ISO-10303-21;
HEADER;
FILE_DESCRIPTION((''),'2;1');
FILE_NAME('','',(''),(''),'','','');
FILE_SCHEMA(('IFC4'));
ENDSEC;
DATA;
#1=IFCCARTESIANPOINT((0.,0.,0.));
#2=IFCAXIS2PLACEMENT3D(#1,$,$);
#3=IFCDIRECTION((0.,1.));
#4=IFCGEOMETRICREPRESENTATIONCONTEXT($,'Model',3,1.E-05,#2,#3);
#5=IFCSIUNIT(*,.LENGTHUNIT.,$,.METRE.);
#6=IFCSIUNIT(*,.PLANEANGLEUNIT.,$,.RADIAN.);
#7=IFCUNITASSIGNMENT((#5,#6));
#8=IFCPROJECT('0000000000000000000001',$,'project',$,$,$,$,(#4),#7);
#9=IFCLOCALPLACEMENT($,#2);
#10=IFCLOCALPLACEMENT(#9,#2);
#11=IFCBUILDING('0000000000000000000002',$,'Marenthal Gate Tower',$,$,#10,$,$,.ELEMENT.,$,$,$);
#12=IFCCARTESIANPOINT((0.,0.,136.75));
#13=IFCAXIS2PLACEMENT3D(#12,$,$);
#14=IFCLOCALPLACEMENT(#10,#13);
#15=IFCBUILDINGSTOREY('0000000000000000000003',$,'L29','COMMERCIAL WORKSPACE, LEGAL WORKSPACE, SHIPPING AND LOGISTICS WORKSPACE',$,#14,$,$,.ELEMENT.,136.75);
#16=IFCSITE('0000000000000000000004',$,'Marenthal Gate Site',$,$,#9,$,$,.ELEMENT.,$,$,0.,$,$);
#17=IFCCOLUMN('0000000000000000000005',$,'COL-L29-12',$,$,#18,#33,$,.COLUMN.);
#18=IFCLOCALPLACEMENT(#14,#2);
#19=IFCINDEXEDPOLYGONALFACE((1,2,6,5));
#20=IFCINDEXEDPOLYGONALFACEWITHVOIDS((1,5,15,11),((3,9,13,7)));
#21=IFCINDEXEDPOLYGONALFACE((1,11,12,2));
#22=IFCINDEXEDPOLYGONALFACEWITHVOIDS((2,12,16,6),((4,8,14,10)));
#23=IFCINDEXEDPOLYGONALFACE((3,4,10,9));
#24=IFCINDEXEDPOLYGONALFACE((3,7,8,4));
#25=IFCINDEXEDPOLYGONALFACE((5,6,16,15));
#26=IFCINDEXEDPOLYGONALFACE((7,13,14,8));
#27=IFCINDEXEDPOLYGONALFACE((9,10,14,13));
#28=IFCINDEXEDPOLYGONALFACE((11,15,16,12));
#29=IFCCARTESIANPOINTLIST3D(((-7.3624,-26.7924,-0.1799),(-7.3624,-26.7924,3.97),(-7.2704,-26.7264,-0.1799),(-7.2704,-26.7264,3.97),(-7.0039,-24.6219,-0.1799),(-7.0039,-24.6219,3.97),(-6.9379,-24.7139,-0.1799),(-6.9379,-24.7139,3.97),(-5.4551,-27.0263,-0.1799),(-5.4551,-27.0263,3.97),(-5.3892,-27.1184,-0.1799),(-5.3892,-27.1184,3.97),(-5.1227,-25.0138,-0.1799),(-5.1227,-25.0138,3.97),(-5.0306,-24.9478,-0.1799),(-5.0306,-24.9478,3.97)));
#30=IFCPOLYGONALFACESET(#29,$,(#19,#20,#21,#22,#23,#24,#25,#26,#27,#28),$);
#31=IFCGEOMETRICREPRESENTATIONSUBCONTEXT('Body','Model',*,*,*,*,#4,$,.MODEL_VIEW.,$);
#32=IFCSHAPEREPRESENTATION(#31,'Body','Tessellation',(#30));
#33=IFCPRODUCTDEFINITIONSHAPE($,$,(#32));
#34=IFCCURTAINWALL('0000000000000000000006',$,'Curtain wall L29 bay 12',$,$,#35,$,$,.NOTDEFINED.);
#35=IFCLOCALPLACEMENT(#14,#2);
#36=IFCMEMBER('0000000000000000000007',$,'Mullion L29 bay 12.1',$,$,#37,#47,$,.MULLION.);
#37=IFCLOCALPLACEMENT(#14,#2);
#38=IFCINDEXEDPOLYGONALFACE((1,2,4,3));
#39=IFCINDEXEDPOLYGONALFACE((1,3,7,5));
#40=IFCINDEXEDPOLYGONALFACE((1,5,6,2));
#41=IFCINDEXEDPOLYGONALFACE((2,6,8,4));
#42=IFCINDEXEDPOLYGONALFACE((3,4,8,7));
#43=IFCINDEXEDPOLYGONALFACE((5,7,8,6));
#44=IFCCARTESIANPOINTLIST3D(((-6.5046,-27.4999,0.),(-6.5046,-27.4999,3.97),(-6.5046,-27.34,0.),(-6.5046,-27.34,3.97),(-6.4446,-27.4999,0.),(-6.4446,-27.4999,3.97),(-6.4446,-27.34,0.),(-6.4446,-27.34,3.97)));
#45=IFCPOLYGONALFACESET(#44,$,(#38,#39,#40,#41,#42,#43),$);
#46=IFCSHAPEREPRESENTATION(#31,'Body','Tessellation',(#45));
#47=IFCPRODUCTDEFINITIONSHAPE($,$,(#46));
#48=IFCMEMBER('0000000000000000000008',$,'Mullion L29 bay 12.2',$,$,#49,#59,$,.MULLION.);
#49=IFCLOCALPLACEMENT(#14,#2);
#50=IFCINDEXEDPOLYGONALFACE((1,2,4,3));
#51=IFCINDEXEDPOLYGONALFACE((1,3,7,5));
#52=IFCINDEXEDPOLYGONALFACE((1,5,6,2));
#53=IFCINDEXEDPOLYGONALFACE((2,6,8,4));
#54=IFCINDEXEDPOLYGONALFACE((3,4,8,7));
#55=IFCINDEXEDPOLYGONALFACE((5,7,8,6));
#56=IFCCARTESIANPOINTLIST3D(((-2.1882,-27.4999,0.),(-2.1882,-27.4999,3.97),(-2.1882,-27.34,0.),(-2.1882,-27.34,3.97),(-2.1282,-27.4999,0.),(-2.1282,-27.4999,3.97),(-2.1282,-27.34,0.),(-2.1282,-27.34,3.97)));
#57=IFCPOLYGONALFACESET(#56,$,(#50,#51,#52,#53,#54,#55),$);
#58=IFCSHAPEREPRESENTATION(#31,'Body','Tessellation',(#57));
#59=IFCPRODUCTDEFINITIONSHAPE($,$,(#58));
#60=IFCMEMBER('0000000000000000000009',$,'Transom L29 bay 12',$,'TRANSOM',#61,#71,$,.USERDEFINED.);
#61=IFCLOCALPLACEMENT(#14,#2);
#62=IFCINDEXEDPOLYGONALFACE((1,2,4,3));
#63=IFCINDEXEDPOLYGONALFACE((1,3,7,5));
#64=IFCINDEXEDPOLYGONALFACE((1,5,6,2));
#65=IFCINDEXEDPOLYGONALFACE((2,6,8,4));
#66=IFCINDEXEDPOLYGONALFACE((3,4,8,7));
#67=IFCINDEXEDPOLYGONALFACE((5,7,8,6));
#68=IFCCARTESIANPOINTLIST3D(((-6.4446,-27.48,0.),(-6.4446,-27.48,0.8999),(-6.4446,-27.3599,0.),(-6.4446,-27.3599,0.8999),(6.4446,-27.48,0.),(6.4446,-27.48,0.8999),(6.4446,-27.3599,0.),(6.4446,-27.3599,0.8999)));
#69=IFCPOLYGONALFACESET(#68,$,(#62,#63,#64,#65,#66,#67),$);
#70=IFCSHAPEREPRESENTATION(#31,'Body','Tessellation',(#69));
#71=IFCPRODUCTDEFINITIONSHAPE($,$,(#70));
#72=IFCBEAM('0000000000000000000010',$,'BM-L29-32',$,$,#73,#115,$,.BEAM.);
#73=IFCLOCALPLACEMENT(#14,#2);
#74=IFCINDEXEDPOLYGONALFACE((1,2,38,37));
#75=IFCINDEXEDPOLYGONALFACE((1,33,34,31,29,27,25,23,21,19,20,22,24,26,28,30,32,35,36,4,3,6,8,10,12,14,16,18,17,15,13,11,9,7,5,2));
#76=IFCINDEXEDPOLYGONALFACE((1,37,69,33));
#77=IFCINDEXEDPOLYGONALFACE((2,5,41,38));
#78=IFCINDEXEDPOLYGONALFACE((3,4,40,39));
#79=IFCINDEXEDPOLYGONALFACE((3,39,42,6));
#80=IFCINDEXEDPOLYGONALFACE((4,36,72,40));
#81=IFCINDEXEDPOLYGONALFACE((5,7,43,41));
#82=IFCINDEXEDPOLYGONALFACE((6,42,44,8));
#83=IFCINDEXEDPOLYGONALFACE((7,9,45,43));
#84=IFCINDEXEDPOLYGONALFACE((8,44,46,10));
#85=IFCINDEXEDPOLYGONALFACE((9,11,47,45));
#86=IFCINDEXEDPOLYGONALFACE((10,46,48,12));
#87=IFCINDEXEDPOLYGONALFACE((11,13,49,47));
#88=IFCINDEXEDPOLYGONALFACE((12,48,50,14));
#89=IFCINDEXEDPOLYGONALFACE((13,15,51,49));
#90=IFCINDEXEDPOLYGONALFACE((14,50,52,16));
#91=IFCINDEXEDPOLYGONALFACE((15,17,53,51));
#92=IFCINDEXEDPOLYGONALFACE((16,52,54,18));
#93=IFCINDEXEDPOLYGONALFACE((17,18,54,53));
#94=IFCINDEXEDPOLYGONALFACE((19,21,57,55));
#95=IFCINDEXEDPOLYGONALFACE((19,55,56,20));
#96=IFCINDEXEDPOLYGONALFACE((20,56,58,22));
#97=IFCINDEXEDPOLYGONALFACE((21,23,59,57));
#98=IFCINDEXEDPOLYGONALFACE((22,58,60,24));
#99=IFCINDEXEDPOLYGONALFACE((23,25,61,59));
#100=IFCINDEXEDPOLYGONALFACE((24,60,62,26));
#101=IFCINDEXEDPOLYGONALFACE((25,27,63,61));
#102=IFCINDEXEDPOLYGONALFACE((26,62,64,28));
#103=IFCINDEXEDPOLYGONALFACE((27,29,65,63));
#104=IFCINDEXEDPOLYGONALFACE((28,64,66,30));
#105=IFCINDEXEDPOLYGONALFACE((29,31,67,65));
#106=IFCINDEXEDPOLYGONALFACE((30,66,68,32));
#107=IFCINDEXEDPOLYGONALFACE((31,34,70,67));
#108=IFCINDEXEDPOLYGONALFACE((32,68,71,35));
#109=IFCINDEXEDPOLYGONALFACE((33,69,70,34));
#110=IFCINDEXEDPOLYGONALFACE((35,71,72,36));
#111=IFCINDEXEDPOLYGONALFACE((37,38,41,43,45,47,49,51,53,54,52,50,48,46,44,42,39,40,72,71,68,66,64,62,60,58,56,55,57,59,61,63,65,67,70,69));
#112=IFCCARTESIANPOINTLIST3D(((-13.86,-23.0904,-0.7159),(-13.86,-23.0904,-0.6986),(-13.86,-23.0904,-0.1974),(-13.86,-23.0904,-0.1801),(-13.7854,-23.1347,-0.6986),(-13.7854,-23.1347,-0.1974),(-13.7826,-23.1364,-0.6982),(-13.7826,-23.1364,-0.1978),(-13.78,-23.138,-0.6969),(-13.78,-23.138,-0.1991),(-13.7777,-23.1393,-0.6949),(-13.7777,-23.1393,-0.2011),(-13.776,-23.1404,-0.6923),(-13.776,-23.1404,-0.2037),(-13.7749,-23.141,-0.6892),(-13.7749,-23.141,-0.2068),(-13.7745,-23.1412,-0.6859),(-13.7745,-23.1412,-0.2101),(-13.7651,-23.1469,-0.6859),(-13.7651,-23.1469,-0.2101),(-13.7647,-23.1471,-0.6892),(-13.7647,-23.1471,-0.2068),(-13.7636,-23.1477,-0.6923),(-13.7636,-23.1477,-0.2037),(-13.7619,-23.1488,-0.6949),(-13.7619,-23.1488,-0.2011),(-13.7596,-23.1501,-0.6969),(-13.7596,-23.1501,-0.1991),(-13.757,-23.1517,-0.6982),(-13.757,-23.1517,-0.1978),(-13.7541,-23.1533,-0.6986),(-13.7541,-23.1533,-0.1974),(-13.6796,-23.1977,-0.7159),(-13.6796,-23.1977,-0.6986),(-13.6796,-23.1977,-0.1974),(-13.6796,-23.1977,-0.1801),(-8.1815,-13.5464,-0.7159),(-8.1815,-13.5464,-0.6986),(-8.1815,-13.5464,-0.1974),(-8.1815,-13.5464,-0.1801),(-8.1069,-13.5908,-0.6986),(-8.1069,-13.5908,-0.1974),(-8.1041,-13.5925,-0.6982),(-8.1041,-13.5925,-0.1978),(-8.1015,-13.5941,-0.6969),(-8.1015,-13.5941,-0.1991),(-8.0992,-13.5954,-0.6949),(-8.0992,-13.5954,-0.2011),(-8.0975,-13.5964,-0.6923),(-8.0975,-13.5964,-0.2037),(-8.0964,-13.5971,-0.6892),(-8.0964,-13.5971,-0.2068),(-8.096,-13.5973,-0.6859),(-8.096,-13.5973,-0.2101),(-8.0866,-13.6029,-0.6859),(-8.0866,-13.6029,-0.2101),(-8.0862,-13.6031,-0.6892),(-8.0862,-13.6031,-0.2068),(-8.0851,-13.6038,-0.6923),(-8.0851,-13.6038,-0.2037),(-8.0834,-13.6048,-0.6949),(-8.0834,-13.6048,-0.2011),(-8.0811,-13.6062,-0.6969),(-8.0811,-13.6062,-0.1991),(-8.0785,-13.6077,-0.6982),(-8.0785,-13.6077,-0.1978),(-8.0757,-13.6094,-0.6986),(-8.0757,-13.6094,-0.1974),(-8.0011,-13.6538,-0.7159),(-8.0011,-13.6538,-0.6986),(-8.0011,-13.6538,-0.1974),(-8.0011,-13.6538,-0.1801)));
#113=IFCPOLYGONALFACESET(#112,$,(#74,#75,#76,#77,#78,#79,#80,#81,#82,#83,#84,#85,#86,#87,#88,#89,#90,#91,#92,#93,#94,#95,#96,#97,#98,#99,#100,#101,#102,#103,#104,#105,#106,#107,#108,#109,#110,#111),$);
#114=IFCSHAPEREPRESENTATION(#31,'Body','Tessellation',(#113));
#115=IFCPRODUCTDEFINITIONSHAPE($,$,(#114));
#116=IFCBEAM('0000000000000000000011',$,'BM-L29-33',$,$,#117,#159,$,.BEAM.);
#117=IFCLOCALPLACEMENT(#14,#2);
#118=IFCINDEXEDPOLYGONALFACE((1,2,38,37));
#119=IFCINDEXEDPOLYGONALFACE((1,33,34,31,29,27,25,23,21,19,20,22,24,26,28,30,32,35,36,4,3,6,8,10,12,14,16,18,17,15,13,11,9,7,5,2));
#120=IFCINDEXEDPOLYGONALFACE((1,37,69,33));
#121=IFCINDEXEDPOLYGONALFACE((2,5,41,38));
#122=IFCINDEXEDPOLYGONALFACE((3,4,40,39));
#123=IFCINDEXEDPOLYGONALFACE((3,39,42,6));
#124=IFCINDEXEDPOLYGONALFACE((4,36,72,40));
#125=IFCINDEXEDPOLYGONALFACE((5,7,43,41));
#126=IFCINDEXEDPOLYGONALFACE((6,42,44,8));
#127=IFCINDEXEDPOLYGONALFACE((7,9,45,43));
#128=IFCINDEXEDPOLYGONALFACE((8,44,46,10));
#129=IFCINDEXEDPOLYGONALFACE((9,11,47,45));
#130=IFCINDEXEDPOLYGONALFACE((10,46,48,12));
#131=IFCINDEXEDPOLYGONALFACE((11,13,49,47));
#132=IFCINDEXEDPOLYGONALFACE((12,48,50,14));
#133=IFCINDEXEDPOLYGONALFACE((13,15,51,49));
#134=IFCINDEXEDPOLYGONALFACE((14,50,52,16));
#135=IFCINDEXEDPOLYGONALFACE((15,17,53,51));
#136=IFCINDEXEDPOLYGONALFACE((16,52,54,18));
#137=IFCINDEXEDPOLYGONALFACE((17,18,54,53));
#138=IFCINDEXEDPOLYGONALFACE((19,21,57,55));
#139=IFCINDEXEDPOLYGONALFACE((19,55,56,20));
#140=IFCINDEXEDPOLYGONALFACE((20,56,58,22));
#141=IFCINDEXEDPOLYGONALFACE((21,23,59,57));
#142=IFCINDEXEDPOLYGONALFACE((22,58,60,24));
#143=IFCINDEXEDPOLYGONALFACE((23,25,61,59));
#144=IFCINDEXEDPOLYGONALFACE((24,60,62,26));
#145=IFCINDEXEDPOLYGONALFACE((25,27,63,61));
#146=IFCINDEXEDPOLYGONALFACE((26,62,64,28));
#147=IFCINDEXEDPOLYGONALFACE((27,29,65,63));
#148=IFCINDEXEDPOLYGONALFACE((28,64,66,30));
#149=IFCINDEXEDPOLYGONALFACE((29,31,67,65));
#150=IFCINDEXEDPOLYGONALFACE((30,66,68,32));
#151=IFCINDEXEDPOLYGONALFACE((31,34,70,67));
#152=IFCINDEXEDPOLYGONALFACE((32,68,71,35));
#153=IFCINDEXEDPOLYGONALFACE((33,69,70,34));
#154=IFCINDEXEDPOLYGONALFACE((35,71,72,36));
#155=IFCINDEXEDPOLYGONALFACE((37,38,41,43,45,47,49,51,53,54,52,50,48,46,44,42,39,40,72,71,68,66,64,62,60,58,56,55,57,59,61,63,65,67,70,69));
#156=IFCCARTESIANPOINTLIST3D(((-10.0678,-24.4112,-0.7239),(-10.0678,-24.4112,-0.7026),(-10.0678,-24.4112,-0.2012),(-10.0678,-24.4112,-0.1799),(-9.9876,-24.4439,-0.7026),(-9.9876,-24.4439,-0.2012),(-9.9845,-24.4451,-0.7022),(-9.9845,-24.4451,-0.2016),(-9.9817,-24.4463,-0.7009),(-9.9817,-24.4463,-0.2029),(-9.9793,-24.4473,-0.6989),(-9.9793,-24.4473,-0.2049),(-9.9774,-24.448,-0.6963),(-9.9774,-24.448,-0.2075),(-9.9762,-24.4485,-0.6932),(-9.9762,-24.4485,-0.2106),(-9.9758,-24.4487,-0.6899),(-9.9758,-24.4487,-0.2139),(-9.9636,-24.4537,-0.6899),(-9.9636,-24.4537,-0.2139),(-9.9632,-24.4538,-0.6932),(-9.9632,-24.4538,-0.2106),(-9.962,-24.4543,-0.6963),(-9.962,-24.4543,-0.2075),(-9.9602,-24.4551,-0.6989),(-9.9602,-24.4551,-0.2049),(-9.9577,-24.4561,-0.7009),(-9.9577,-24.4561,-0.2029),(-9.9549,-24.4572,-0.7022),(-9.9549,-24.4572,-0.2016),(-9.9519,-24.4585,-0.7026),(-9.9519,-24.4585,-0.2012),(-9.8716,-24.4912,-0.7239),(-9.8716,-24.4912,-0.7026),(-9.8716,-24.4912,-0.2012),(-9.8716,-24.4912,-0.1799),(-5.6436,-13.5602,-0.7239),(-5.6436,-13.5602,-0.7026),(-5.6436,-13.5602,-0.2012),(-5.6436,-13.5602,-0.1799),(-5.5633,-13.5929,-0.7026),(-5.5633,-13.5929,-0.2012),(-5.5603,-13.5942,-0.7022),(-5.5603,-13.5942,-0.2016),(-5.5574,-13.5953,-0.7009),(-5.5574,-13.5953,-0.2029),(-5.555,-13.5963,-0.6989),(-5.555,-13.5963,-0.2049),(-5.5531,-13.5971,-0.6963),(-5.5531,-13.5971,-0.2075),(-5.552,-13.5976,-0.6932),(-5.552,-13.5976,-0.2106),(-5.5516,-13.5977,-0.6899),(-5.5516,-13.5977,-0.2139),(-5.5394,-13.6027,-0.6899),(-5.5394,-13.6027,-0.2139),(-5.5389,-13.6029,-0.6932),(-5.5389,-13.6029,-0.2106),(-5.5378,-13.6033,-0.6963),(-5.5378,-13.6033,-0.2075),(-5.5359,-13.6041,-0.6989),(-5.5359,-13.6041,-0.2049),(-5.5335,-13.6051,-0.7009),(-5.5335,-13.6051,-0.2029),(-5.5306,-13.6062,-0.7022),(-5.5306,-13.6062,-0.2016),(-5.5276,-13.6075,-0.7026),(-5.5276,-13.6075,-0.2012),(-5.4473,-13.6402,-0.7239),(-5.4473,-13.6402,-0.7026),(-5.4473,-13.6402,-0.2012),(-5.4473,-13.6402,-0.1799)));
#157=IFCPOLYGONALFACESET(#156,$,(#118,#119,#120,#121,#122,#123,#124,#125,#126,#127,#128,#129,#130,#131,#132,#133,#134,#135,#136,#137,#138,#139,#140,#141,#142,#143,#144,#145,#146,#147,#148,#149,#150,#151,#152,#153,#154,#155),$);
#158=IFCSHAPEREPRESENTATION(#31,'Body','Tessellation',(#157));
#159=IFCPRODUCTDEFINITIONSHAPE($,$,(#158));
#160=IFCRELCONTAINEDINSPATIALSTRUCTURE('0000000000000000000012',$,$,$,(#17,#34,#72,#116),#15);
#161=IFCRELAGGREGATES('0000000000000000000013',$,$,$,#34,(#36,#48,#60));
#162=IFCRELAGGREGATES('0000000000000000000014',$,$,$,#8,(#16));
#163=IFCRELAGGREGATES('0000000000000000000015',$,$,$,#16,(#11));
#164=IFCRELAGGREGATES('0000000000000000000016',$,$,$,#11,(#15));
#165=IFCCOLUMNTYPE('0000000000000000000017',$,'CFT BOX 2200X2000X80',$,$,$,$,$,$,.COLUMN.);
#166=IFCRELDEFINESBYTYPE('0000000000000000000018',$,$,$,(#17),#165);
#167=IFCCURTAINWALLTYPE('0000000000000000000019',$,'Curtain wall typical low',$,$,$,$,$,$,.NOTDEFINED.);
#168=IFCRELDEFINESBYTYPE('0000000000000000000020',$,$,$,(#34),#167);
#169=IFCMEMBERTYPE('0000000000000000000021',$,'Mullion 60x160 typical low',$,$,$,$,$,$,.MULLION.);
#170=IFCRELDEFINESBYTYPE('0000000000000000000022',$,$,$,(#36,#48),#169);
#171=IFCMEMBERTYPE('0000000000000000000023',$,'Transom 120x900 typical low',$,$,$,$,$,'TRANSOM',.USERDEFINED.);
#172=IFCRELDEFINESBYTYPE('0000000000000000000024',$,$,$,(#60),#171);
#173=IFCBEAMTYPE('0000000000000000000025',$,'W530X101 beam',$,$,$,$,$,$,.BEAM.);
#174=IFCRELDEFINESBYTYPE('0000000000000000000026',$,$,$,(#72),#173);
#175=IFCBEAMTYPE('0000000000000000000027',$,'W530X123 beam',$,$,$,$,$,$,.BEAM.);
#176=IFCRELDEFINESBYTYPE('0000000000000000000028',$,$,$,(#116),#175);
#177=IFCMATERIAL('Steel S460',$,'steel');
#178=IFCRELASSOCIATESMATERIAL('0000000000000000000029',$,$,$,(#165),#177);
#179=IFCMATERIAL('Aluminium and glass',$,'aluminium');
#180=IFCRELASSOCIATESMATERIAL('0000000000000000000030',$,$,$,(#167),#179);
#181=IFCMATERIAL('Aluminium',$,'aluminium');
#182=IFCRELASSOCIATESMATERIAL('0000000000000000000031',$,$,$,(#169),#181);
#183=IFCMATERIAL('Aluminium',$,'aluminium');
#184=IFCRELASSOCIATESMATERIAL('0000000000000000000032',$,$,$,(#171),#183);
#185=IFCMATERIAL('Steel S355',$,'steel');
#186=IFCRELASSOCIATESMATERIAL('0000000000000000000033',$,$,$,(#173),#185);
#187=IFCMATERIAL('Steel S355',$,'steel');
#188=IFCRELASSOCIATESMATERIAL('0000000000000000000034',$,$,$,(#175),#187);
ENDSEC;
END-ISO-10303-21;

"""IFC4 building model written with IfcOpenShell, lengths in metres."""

from ifc_helpers import new_model, si_unit, direction, frame, origin, origin_2d, place, context, subcontext, project, spatial, rectangle, hollow_rectangle, i_section, extrude, material, material_profile, profile_set, type_object, element, aggregate, save


model = new_model("IFC4")

# Units and contexts
model_context = context("Model", 3, precision=1e-05, world=origin(), true_north=direction((0.0, 1.0)))
body_context = subcontext(model_context, "Body", "Model", "MODEL_VIEW")
ifc_project = project(units=[si_unit("LENGTHUNIT", "METRE"), si_unit("PLANEANGLEUNIT", "RADIAN")], contexts=[model_context])

# Site, building, storey
site_placement = place(None, origin())
site = spatial("IfcSite", under=ifc_project, at=site_placement, Name="Marenthal Gate Site", CompositionType="ELEMENT", RefElevation=0.0)
building_placement = place(site_placement, origin())
building = spatial("IfcBuilding", under=site, at=building_placement, Name="Marenthal Gate Tower", CompositionType="ELEMENT")
storey_placement = place(building_placement, frame((0.0, 0.0, 136.75)))
storey = spatial("IfcBuildingStorey", under=building, at=storey_placement, Name="L29", Description="COMMERCIAL WORKSPACE, LEGAL WORKSPACE, SHIPPING AND LOGISTICS WORKSPACE", CompositionType="ELEMENT", Elevation=136.75)

# Column
ifc_material_1 = material(Name="Steel S460", Category="steel")
ifc_material_profile_1 = material_profile(ifc_material_1, hollow_rectangle(XDim=2.0, YDim=2.2, WallThickness=0.0801, at=origin_2d()), Name="CFT BOX 2200X2000X80")
ifc_material_2 = material(Name="Concrete 70 MPa", Category="concrete")
ifc_material_profile_2 = material_profile(ifc_material_2, rectangle(XDim=1.8401, YDim=2.04, at=origin_2d()), Name="CFT BOX 2200X2000X80 INFILL")
ifc_profile_set_1 = profile_set([ifc_material_profile_1, ifc_material_profile_2], Name="Steel S460 shell, Concrete 70 MPa infill")
column_type = type_object("IfcColumnType", Name="CFT BOX 2200X2000X80", PredefinedType="COLUMN", material=ifc_profile_set_1)
column_placement = place(storey_placement, frame((-6.1965, -25.8701, -0.1799), z_axis=(0.0, 0.0, 1.0), x_axis=(-0.986629, 0.16298, 0.0)))
element("IfcColumn", 1, at=column_placement, inside=storey, type_object=column_type, Name="COL-L29-12", PredefinedType="COLUMN", context=body_context, shape_type="SweptSolid", body=[
    extrude(hollow_rectangle(XDim=2.0, YDim=2.2, WallThickness=0.0801, at=origin_2d()), origin(), (0.0, 0.0, 1.0), 4.1499),
])

# Curtain wall, members
ifc_material_3 = material(Name="Aluminium and glass", Category="aluminium")
curtain_wall_type = type_object("IfcCurtainWallType", Name="Curtain wall typical low", PredefinedType="NOTDEFINED", material=ifc_material_3)
curtain_wall_placement = place(storey_placement, origin())
curtain_wall = element("IfcCurtainWall", 2, at=curtain_wall_placement, inside=storey, type_object=curtain_wall_type, Name="Curtain wall L29 bay 12", PredefinedType="NOTDEFINED")
ifc_material_4 = material(Name="Aluminium", Category="aluminium")
ifc_material_profile_3 = material_profile(ifc_material_4, rectangle(XDim=0.1599, YDim=0.0601, at=origin_2d()), Name="60x160 aluminium mullion")
ifc_profile_set_2 = profile_set([ifc_material_profile_3], Name="Aluminium")
member_type_1 = type_object("IfcMemberType", Name="Mullion 60x160 typical low", PredefinedType="MULLION", material=ifc_profile_set_2)
member_1_placement = place(storey_placement, frame((-6.4746, -27.4199, 0.0), z_axis=(0.0, 0.0, 1.0), x_axis=(0.0, 1.0, 0.0)))
member_1 = element("IfcMember", 3, at=member_1_placement, type_object=member_type_1, Name="Mullion L29 bay 12.1", PredefinedType="MULLION", context=body_context, shape_type="SweptSolid", body=[
    extrude(rectangle(XDim=0.1599, YDim=0.0601, at=origin_2d()), origin(), (0.0, 0.0, 1.0), 3.97),
])
member_2_placement = place(storey_placement, frame((-2.1582, -27.4199, 0.0), z_axis=(0.0, 0.0, 1.0), x_axis=(0.0, 1.0, 0.0)))
member_2 = element("IfcMember", 4, at=member_2_placement, type_object=member_type_1, Name="Mullion L29 bay 12.2", PredefinedType="MULLION", context=body_context, shape_type="SweptSolid", body=[
    extrude(rectangle(XDim=0.1599, YDim=0.0601, at=origin_2d()), origin(), (0.0, 0.0, 1.0), 3.97),
])
ifc_material_5 = material(Name="Aluminium", Category="aluminium")
ifc_material_profile_4 = material_profile(ifc_material_5, rectangle(XDim=0.1201, YDim=0.8999, at=origin_2d()), Name="120x900 aluminium transom")
ifc_profile_set_3 = profile_set([ifc_material_profile_4], Name="Aluminium")
member_type_2 = type_object("IfcMemberType", Name="Transom 120x900 typical low", ElementType="TRANSOM", PredefinedType="USERDEFINED", material=ifc_profile_set_3)
member_3_placement = place(storey_placement, frame((-6.4446, -27.4199, 0.45), z_axis=(1.0, 0.0, 0.0), x_axis=(0.0, 1.0, 0.0)))
member_3 = element("IfcMember", 5, at=member_3_placement, type_object=member_type_2, Name="Transom L29 bay 12", ObjectType="TRANSOM", PredefinedType="USERDEFINED", context=body_context, shape_type="SweptSolid", body=[
    extrude(rectangle(XDim=0.1201, YDim=0.8999, at=origin_2d()), origin(), (0.0, 0.0, 1.0), 12.8892),
])

# Beams
ifc_material_6 = material(Name="Steel S355", Category="steel")
ifc_material_profile_5 = material_profile(ifc_material_6, i_section(OverallWidth=0.21, OverallDepth=0.5359, WebThickness=0.011, FlangeThickness=0.0173, FilletRadius=0.0127, at=origin_2d()), Name="W530X101")
ifc_profile_set_4 = profile_set([ifc_material_profile_5], Name="Steel S355")
beam_type_1 = type_object("IfcBeamType", Name="W530X101 beam", PredefinedType="BEAM", material=ifc_profile_set_4)
beam_1_placement = place(storey_placement, frame((-13.7698, -23.144, -0.448), z_axis=(0.511321, 0.85939, 0.0), x_axis=(-0.85939, 0.511321, 0.0)))
element("IfcBeam", 6, at=beam_1_placement, inside=storey, type_object=beam_type_1, Name="BM-L29-32", PredefinedType="BEAM", context=body_context, shape_type="SweptSolid", body=[
    extrude(i_section(OverallWidth=0.21, OverallDepth=0.5359, WebThickness=0.011, FlangeThickness=0.0173, FilletRadius=0.0127, at=origin_2d()), origin(), (0.0, 0.0, 1.0), 11.1055),
])
ifc_material_7 = material(Name="Steel S355", Category="steel")
ifc_material_profile_6 = material_profile(ifc_material_7, i_section(OverallWidth=0.2119, OverallDepth=0.5439, WebThickness=0.0132, FlangeThickness=0.0212, FilletRadius=0.0127, at=origin_2d()), Name="W530X123")
ifc_profile_set_5 = profile_set([ifc_material_profile_6], Name="Steel S355")
beam_type_2 = type_object("IfcBeamType", Name="W530X123 beam", PredefinedType="BEAM", material=ifc_profile_set_5)
beam_2_placement = place(storey_placement, frame((-9.9697, -24.4512, -0.4519), z_axis=(0.377554, 0.925988, 0.0), x_axis=(-0.925988, 0.377554, 0.0)))
element("IfcBeam", 7, at=beam_2_placement, inside=storey, type_object=beam_type_2, Name="BM-L29-33", PredefinedType="BEAM", context=body_context, shape_type="SweptSolid", body=[
    extrude(i_section(OverallWidth=0.2119, OverallDepth=0.5439, WebThickness=0.0132, FlangeThickness=0.0212, FilletRadius=0.0127, at=origin_2d()), origin(), (0.0, 0.0, 1.0), 11.7183),
])

aggregate(curtain_wall, [member_1, member_2, member_3])

save(model, "model.ifc")
